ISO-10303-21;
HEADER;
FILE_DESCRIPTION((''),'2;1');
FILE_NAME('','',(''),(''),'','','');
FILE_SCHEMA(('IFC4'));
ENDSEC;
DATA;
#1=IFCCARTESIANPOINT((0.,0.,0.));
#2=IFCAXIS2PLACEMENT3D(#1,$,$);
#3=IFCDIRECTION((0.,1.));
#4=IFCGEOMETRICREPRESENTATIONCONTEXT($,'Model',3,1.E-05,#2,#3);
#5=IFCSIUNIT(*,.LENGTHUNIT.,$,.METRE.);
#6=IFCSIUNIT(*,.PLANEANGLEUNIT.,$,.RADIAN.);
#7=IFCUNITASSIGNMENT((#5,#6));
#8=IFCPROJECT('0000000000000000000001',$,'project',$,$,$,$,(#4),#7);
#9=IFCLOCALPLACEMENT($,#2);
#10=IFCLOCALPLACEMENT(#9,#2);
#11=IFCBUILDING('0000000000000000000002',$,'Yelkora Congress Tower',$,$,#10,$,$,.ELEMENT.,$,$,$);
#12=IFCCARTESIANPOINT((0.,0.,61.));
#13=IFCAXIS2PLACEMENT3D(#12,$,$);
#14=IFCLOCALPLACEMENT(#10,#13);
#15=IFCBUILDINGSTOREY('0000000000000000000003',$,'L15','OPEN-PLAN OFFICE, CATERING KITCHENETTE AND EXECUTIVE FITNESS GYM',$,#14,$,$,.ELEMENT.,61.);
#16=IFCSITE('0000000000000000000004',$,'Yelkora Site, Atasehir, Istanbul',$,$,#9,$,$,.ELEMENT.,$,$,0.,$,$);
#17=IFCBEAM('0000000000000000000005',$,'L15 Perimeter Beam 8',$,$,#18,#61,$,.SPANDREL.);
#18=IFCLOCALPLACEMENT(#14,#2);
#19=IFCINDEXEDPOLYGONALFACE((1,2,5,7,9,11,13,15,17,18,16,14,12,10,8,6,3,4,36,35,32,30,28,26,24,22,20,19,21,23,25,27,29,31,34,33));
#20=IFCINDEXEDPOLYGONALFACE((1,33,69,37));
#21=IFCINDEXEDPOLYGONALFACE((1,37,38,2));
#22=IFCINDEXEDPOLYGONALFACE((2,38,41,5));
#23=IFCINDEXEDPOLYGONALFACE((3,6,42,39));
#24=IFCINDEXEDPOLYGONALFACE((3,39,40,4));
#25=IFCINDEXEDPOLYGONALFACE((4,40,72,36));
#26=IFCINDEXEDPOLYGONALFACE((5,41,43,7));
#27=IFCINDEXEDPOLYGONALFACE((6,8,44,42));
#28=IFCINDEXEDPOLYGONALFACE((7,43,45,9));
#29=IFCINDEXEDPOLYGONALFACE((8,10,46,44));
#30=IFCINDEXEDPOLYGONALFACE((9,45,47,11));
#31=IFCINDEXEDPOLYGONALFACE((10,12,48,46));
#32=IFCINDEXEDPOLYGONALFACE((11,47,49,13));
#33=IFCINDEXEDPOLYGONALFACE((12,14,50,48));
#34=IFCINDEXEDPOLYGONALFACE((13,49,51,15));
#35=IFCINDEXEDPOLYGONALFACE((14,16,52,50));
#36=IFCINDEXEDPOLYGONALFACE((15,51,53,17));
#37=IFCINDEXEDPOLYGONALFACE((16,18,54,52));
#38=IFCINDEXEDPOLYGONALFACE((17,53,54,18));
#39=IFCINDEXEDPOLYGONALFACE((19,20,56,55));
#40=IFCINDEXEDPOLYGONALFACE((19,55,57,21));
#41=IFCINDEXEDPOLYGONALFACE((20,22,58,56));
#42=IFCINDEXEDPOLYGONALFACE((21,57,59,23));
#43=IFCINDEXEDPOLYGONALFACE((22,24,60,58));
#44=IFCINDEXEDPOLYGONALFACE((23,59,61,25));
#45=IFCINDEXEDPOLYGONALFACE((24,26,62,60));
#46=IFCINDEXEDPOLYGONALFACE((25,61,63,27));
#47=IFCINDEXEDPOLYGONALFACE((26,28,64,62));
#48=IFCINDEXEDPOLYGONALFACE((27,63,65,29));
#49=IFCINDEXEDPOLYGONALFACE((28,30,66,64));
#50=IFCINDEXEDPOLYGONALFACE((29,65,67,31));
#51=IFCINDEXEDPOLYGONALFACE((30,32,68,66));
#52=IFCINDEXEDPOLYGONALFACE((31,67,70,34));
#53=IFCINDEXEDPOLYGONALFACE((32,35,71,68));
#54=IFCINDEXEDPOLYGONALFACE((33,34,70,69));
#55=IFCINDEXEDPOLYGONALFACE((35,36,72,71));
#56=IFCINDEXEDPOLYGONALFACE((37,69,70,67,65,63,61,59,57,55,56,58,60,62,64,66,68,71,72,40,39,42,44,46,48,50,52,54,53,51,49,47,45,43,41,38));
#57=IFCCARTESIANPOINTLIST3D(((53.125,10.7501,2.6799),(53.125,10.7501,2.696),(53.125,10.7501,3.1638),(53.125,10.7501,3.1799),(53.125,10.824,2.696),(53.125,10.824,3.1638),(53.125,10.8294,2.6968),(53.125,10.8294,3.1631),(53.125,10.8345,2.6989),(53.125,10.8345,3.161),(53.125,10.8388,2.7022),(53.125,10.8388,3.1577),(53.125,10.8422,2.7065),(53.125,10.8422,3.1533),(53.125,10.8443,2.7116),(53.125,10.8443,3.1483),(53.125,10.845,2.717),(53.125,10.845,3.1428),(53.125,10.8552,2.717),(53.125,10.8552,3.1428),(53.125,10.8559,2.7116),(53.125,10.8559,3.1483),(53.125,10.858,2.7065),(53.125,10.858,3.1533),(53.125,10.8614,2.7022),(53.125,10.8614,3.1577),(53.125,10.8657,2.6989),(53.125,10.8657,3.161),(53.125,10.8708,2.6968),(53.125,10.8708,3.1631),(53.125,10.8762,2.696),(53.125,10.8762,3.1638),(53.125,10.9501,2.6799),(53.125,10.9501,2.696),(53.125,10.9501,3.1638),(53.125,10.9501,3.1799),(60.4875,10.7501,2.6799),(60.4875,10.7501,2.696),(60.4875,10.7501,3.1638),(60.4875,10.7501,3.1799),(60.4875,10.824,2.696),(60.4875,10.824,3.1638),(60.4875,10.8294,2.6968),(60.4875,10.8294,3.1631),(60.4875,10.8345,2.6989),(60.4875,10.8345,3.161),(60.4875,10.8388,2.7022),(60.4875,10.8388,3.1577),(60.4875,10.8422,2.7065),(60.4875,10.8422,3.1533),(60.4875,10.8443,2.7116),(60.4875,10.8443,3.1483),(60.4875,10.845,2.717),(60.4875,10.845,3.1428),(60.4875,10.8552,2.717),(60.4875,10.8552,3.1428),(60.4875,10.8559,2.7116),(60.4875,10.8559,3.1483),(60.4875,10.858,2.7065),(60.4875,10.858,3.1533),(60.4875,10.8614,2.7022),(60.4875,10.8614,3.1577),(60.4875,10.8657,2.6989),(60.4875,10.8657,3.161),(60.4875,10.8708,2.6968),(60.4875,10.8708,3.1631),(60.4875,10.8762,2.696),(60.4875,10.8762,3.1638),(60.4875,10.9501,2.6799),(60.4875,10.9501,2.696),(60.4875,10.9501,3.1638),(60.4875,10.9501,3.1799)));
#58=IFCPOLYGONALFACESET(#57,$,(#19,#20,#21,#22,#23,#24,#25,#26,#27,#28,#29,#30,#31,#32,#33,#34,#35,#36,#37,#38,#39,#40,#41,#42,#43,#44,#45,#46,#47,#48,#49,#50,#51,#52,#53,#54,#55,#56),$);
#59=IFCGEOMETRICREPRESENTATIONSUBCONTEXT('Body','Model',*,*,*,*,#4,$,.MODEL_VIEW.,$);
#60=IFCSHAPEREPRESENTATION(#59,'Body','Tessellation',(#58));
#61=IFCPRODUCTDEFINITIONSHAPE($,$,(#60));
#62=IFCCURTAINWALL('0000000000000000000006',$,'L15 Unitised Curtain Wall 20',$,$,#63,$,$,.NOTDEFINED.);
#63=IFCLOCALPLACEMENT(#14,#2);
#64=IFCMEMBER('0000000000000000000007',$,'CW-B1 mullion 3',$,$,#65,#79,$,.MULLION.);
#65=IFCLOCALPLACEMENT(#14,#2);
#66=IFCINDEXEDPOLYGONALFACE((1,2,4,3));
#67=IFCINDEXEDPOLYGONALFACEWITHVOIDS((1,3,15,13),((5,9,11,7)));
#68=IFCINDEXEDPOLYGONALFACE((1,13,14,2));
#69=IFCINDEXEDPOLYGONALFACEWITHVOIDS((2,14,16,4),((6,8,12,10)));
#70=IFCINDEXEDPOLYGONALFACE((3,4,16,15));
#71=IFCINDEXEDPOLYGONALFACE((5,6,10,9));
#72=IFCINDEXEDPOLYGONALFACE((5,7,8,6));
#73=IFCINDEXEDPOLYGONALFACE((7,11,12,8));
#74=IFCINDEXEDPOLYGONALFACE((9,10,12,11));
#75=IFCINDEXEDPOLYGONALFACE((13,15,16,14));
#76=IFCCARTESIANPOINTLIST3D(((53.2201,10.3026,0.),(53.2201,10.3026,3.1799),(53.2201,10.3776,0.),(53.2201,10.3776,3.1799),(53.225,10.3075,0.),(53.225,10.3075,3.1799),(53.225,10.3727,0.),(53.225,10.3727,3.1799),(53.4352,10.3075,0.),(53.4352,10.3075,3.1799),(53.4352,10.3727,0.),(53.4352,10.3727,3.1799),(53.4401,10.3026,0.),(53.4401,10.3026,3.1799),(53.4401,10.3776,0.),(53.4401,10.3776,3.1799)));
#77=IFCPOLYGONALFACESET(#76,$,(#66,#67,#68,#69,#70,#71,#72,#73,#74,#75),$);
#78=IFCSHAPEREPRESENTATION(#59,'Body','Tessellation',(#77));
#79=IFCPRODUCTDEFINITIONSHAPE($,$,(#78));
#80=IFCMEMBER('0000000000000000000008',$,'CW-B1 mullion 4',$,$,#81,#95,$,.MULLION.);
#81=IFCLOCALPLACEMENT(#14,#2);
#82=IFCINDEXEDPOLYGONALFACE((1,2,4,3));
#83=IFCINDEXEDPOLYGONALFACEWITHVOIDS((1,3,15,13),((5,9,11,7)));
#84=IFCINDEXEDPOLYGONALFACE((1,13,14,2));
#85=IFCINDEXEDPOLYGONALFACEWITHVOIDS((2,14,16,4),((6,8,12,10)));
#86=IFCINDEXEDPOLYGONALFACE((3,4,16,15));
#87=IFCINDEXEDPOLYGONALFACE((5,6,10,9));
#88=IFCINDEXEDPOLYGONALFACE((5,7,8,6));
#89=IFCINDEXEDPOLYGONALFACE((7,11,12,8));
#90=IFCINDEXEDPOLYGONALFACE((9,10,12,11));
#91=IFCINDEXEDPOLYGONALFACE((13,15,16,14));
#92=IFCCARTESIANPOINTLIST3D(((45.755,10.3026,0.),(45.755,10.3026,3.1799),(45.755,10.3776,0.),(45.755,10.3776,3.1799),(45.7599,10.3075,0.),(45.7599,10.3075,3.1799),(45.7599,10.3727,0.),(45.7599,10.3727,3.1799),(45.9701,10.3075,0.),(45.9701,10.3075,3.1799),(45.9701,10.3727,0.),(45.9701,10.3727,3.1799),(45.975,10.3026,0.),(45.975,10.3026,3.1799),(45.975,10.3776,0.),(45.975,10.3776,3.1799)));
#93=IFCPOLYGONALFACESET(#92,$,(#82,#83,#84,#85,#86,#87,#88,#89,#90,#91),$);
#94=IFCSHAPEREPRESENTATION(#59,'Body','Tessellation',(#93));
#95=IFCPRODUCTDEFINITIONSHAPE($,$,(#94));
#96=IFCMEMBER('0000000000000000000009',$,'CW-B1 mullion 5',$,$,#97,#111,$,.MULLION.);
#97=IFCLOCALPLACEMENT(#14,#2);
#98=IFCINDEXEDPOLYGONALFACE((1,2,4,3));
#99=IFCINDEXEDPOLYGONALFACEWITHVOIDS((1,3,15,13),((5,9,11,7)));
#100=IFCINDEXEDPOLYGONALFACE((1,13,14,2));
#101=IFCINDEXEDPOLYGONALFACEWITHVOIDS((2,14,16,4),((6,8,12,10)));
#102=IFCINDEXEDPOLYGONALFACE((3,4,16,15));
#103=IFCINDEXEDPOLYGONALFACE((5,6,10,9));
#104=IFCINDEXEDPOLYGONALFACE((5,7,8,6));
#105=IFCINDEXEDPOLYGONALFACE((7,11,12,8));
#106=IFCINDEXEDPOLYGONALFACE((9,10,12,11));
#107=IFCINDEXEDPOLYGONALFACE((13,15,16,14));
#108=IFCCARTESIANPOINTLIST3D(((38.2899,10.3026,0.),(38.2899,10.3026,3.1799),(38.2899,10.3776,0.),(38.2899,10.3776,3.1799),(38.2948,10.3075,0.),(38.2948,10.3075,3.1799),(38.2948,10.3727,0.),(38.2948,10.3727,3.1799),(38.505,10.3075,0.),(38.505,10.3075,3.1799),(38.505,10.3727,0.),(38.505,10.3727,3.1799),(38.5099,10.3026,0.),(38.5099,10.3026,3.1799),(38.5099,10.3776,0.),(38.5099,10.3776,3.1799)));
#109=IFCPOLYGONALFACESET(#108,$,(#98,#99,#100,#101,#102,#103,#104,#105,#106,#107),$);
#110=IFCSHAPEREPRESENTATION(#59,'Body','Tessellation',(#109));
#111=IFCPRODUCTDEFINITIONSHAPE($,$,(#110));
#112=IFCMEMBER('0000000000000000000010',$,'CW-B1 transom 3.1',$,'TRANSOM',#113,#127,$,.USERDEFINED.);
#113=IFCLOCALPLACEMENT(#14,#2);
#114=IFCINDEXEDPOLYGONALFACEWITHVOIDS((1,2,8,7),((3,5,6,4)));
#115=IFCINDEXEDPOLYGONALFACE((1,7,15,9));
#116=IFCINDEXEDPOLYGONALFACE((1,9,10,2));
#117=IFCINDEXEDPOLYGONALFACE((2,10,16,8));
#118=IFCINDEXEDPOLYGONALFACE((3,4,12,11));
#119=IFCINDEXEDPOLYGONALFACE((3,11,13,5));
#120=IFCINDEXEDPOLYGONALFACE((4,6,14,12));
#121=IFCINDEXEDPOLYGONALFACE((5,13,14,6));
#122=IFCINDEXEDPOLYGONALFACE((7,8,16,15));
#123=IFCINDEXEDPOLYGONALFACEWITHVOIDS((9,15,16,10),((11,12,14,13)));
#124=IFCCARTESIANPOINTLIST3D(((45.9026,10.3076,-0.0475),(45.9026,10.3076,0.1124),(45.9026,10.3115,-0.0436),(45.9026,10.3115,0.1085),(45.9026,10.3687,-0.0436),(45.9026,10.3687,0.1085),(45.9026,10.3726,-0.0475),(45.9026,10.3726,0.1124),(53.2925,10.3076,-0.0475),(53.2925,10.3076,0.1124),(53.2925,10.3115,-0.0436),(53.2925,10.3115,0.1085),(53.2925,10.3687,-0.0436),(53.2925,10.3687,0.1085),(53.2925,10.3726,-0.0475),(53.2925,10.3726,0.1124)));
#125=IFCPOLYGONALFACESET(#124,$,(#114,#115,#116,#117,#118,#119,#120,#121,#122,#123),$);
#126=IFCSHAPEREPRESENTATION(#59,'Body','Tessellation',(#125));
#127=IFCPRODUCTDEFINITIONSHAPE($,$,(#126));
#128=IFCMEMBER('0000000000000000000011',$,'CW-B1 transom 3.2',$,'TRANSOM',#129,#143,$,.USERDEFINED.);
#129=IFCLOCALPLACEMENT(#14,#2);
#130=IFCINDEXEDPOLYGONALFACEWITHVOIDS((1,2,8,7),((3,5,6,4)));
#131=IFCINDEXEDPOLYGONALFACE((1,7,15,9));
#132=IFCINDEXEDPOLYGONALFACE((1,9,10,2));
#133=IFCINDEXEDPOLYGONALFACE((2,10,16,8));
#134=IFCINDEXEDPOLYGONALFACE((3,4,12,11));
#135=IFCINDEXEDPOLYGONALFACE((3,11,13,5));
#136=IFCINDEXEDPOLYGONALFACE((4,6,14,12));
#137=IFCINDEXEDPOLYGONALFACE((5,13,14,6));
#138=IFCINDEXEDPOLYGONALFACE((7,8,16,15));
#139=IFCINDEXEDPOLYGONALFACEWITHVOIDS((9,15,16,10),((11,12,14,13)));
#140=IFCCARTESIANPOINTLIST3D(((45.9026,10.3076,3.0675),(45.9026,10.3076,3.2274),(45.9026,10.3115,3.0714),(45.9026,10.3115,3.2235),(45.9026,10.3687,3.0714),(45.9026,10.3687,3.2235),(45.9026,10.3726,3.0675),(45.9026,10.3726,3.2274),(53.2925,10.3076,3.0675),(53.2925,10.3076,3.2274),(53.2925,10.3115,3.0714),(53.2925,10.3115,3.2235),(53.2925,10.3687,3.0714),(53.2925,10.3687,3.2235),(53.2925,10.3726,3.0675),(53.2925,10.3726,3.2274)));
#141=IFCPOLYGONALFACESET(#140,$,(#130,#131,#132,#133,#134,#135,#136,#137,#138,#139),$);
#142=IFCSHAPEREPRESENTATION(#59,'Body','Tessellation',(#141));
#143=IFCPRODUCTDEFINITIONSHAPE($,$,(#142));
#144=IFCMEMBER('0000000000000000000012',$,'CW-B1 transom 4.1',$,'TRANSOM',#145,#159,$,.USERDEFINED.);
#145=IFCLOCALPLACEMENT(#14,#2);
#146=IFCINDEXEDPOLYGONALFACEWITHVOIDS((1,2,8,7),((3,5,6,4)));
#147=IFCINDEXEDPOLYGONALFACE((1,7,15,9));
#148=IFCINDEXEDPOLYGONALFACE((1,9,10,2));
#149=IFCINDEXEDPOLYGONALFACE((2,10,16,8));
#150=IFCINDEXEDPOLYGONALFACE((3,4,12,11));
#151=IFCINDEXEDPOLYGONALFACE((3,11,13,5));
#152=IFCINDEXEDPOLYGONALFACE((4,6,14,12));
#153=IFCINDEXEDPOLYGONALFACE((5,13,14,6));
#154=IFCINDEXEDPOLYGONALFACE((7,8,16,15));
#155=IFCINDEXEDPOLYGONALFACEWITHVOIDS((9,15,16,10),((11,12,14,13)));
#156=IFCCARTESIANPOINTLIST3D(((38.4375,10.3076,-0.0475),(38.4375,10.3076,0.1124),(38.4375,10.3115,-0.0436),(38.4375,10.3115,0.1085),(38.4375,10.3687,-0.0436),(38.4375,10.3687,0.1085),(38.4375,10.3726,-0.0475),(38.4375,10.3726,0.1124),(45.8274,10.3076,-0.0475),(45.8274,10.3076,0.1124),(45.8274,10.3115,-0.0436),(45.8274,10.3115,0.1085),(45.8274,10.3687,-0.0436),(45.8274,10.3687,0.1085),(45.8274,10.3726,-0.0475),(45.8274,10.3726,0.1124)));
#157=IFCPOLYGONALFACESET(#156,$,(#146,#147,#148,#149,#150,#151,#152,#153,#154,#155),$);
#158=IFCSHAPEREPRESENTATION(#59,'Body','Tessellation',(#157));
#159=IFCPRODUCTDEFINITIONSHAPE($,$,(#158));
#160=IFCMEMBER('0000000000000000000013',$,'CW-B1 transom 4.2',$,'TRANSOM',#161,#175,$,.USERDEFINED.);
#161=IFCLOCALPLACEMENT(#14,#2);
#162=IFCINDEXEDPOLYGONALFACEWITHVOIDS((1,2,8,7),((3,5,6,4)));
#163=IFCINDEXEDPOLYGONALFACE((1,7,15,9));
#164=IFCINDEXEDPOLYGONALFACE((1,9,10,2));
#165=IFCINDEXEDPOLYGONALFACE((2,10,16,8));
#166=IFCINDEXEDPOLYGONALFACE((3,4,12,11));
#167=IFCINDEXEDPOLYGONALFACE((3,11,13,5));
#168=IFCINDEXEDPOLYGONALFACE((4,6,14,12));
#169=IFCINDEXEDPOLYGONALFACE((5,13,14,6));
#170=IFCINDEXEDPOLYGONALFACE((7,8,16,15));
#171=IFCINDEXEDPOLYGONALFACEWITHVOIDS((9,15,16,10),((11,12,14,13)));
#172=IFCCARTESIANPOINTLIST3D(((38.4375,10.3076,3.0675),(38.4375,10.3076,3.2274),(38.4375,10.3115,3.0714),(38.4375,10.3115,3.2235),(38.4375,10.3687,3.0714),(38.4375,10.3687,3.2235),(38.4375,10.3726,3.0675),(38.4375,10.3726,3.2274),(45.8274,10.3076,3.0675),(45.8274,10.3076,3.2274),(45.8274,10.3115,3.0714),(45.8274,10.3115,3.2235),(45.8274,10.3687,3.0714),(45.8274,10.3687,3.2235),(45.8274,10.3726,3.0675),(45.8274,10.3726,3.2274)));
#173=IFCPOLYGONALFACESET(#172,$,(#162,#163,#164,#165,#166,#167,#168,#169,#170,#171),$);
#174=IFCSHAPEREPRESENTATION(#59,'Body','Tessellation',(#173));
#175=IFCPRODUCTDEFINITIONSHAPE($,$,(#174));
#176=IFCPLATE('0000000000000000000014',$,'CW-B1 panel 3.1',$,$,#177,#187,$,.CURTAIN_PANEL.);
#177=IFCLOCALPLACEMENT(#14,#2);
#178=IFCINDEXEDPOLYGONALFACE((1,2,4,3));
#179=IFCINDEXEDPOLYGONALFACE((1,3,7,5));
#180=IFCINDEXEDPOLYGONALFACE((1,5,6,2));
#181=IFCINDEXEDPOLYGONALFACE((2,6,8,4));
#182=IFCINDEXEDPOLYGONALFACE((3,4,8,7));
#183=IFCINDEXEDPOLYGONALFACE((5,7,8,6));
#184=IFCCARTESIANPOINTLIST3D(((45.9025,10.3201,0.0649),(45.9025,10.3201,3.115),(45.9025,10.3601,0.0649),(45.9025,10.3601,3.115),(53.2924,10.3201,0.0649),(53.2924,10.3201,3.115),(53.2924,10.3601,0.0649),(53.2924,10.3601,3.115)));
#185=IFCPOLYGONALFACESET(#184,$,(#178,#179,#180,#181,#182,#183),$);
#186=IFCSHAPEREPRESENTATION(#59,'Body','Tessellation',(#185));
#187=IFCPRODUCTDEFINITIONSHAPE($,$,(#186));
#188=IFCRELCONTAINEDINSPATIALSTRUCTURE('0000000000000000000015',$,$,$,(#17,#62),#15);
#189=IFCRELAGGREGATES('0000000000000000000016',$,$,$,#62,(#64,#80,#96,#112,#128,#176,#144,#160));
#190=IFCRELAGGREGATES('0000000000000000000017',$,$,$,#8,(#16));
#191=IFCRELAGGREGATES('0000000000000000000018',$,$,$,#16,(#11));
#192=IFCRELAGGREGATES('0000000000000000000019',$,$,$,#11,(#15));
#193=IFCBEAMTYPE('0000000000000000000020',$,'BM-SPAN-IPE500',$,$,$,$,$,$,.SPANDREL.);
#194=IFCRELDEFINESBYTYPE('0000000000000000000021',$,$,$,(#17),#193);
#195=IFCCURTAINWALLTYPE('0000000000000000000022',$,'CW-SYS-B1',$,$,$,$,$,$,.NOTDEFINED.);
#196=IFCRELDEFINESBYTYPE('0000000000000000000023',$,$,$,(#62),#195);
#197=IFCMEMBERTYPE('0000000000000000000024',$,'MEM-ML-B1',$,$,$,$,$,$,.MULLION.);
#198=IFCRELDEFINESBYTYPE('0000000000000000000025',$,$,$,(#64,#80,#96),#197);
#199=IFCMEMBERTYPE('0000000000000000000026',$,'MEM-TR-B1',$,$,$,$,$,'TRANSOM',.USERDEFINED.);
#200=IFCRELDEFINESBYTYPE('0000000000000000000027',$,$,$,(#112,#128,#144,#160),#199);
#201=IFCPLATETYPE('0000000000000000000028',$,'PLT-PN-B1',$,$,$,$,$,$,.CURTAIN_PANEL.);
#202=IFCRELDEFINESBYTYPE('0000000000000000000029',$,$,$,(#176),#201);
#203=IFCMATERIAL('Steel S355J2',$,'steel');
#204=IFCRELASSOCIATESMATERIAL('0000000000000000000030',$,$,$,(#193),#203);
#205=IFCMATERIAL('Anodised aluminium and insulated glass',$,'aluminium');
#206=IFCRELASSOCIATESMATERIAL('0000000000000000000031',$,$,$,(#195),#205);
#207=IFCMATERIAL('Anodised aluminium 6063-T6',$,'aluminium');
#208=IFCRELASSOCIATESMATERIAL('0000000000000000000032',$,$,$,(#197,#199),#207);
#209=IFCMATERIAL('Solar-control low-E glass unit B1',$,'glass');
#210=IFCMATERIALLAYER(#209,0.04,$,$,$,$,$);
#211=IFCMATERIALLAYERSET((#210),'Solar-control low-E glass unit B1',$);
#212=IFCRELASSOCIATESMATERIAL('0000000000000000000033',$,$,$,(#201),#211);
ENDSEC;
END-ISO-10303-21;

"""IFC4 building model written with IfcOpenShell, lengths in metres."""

from ifc_helpers import new_model, si_unit, direction, frame, origin, origin_2d, place, context, subcontext, project, spatial, rectangle, hollow_rectangle, i_section, extrude, material, layer, layer_set, material_profile, profile_set, type_object, element, aggregate, save


model = new_model("IFC4")

# Units and contexts
model_context = context("Model", 3, precision=1e-05, world=origin(), true_north=direction((0.0, 1.0)))
body_context = subcontext(model_context, "Body", "Model", "MODEL_VIEW")
ifc_project = project(units=[si_unit("LENGTHUNIT", "METRE"), si_unit("PLANEANGLEUNIT", "RADIAN")], contexts=[model_context])

# Site, building, storey
site_placement = place(None, origin())
site = spatial("IfcSite", under=ifc_project, at=site_placement, Name="Yelkora Site, Atasehir, Istanbul", CompositionType="ELEMENT", RefElevation=0.0)
building_placement = place(site_placement, origin())
building = spatial("IfcBuilding", under=site, at=building_placement, Name="Yelkora Congress Tower", CompositionType="ELEMENT")
storey_placement = place(building_placement, frame((0.0, 0.0, 61.0)))
storey = spatial("IfcBuildingStorey", under=building, at=storey_placement, Name="L15", Description="OPEN-PLAN OFFICE, CATERING KITCHENETTE AND EXECUTIVE FITNESS GYM", CompositionType="ELEMENT", Elevation=61.0)

# Beam
ifc_material_1 = material(Name="Steel S355J2", Category="steel")
ifc_material_profile_1 = material_profile(ifc_material_1, i_section(OverallWidth=0.2, OverallDepth=0.5, WebThickness=0.0103, FlangeThickness=0.0161, FilletRadius=0.021, at=origin_2d()), Name="IPE 500")
ifc_profile_set_1 = profile_set([ifc_material_profile_1], Name="Steel S355J2")
beam_type_1 = type_object("IfcBeamType", Name="BM-SPAN-IPE500", PredefinedType="SPANDREL", material=ifc_profile_set_1)
for number, where, z_axis, x_axis, name in (
    (1, (53.125, 10.8501, 2.9299), (1.0, 0.0, 0.0), (0.0, 1.0, 0.0), "L15 Perimeter Beam 8"),
):
    element("IfcBeam", number, at=place(storey_placement, frame(where, z_axis=z_axis, x_axis=x_axis)), inside=storey, type_object=beam_type_1, Name=name, PredefinedType="SPANDREL", context=body_context, shape_type="SweptSolid", body=[
        extrude(i_section(OverallWidth=0.2, OverallDepth=0.5, WebThickness=0.0103, FlangeThickness=0.0161, FilletRadius=0.021, at=origin_2d()), origin(), (0.0, 0.0, 1.0), 7.3625),
    ])

# Curtain wall, members, plate
ifc_material_2 = material(Name="Anodised aluminium and insulated glass", Category="aluminium")
curtain_wall_type = type_object("IfcCurtainWallType", Name="CW-SYS-B1", PredefinedType="NOTDEFINED", material=ifc_material_2)
curtain_wall_placement = place(storey_placement, origin())
curtain_wall = element("IfcCurtainWall", 2, at=curtain_wall_placement, inside=storey, type_object=curtain_wall_type, Name="L15 Unitised Curtain Wall 20", PredefinedType="NOTDEFINED")
ifc_material_3 = material(Name="Anodised aluminium 6063-T6", Category="aluminium")
ifc_material_profile_2 = material_profile(ifc_material_3, hollow_rectangle(XDim=0.075, YDim=0.22, WallThickness=0.0049, at=origin_2d()), Name="ALU 75x220x5")
ifc_profile_set_2 = profile_set([ifc_material_profile_2], Name="Anodised aluminium 6063-T6")
member_type_1 = type_object("IfcMemberType", Name="MEM-ML-B1", PredefinedType="MULLION", material=ifc_profile_set_2)
member_1_placement = place(storey_placement, frame((53.3301, 10.3401, 0.0), z_axis=(0.0, 0.0, 1.0), x_axis=(0.0, -1.0, 0.0)))
member_1 = element("IfcMember", 3, at=member_1_placement, type_object=member_type_1, Name="CW-B1 mullion 3", PredefinedType="MULLION", context=body_context, shape_type="SweptSolid", body=[
    extrude(hollow_rectangle(XDim=0.075, YDim=0.22, WallThickness=0.0049, at=origin_2d()), origin(), (0.0, 0.0, 1.0), 3.1799),
])
member_2_placement = place(storey_placement, frame((45.865, 10.3401, 0.0), z_axis=(0.0, 0.0, 1.0), x_axis=(0.0, -1.0, 0.0)))
member_2 = element("IfcMember", 4, at=member_2_placement, type_object=member_type_1, Name="CW-B1 mullion 4", PredefinedType="MULLION", context=body_context, shape_type="SweptSolid", body=[
    extrude(hollow_rectangle(XDim=0.075, YDim=0.22, WallThickness=0.0049, at=origin_2d()), origin(), (0.0, 0.0, 1.0), 3.1799),
])
member_3_placement = place(storey_placement, frame((38.3999, 10.3401, 0.0), z_axis=(0.0, 0.0, 1.0), x_axis=(0.0, -1.0, 0.0)))
member_3 = element("IfcMember", 5, at=member_3_placement, type_object=member_type_1, Name="CW-B1 mullion 5", PredefinedType="MULLION", context=body_context, shape_type="SweptSolid", body=[
    extrude(hollow_rectangle(XDim=0.075, YDim=0.22, WallThickness=0.0049, at=origin_2d()), origin(), (0.0, 0.0, 1.0), 3.1799),
])
ifc_material_profile_3 = material_profile(ifc_material_3, hollow_rectangle(XDim=0.0649, YDim=0.1599, WallThickness=0.0039, at=origin_2d()), Name="ALU 65x160x4")
ifc_profile_set_3 = profile_set([ifc_material_profile_3], Name="Anodised aluminium 6063-T6")
member_type_2 = type_object("IfcMemberType", Name="MEM-TR-B1", ElementType="TRANSOM", PredefinedType="USERDEFINED", material=ifc_profile_set_3)
member_4_placement = place(storey_placement, frame((53.2925, 10.3401, 0.0325), z_axis=(-1.0, 0.0, 0.0), x_axis=(0.0, -1.0, 0.0)))
member_4 = element("IfcMember", 6, at=member_4_placement, type_object=member_type_2, Name="CW-B1 transom 3.1", ObjectType="TRANSOM", PredefinedType="USERDEFINED", context=body_context, shape_type="SweptSolid", body=[
    extrude(hollow_rectangle(XDim=0.0649, YDim=0.1599, WallThickness=0.0039, at=origin_2d()), origin(), (0.0, 0.0, 1.0), 7.3899),
])
member_5_placement = place(storey_placement, frame((53.2925, 10.3401, 3.1475), z_axis=(-1.0, 0.0, 0.0), x_axis=(0.0, -1.0, 0.0)))
member_5 = element("IfcMember", 7, at=member_5_placement, type_object=member_type_2, Name="CW-B1 transom 3.2", ObjectType="TRANSOM", PredefinedType="USERDEFINED", context=body_context, shape_type="SweptSolid", body=[
    extrude(hollow_rectangle(XDim=0.0649, YDim=0.1599, WallThickness=0.0039, at=origin_2d()), origin(), (0.0, 0.0, 1.0), 7.3899),
])
member_6_placement = place(storey_placement, frame((45.8274, 10.3401, 0.0325), z_axis=(-1.0, 0.0, 0.0), x_axis=(0.0, -1.0, 0.0)))
member_6 = element("IfcMember", 8, at=member_6_placement, type_object=member_type_2, Name="CW-B1 transom 4.1", ObjectType="TRANSOM", PredefinedType="USERDEFINED", context=body_context, shape_type="SweptSolid", body=[
    extrude(hollow_rectangle(XDim=0.0649, YDim=0.1599, WallThickness=0.0039, at=origin_2d()), origin(), (0.0, 0.0, 1.0), 7.3899),
])
member_7_placement = place(storey_placement, frame((45.8274, 10.3401, 3.1475), z_axis=(-1.0, 0.0, 0.0), x_axis=(0.0, -1.0, 0.0)))
member_7 = element("IfcMember", 9, at=member_7_placement, type_object=member_type_2, Name="CW-B1 transom 4.2", ObjectType="TRANSOM", PredefinedType="USERDEFINED", context=body_context, shape_type="SweptSolid", body=[
    extrude(hollow_rectangle(XDim=0.0649, YDim=0.1599, WallThickness=0.0039, at=origin_2d()), origin(), (0.0, 0.0, 1.0), 7.3899),
])
ifc_material_4 = material(Name="Solar-control low-E glass unit B1", Category="glass")
ifc_layer_1 = layer(ifc_material_4, 0.04)
ifc_layer_set_1 = layer_set([ifc_layer_1], Name="Solar-control low-E glass unit B1")
plate_type = type_object("IfcPlateType", Name="PLT-PN-B1", PredefinedType="CURTAIN_PANEL", material=ifc_layer_set_1)
plate_1_placement = place(storey_placement, frame((49.5974, 10.3401, 0.0649), z_axis=(0.0, 0.0, 1.0), x_axis=(-1.0, 0.0, 0.0)))
plate_1 = element("IfcPlate", 10, at=plate_1_placement, type_object=plate_type, Name="CW-B1 panel 3.1", PredefinedType="CURTAIN_PANEL", context=body_context, shape_type="SweptSolid", body=[
    extrude(rectangle(XDim=7.3899, YDim=0.04, at=origin_2d()), origin(), (0.0, 0.0, 1.0), 3.05),
])
aggregate(curtain_wall, [member_1, member_2, member_3, member_4, member_5, plate_1, member_6, member_7])

save(model, "model.ifc")
